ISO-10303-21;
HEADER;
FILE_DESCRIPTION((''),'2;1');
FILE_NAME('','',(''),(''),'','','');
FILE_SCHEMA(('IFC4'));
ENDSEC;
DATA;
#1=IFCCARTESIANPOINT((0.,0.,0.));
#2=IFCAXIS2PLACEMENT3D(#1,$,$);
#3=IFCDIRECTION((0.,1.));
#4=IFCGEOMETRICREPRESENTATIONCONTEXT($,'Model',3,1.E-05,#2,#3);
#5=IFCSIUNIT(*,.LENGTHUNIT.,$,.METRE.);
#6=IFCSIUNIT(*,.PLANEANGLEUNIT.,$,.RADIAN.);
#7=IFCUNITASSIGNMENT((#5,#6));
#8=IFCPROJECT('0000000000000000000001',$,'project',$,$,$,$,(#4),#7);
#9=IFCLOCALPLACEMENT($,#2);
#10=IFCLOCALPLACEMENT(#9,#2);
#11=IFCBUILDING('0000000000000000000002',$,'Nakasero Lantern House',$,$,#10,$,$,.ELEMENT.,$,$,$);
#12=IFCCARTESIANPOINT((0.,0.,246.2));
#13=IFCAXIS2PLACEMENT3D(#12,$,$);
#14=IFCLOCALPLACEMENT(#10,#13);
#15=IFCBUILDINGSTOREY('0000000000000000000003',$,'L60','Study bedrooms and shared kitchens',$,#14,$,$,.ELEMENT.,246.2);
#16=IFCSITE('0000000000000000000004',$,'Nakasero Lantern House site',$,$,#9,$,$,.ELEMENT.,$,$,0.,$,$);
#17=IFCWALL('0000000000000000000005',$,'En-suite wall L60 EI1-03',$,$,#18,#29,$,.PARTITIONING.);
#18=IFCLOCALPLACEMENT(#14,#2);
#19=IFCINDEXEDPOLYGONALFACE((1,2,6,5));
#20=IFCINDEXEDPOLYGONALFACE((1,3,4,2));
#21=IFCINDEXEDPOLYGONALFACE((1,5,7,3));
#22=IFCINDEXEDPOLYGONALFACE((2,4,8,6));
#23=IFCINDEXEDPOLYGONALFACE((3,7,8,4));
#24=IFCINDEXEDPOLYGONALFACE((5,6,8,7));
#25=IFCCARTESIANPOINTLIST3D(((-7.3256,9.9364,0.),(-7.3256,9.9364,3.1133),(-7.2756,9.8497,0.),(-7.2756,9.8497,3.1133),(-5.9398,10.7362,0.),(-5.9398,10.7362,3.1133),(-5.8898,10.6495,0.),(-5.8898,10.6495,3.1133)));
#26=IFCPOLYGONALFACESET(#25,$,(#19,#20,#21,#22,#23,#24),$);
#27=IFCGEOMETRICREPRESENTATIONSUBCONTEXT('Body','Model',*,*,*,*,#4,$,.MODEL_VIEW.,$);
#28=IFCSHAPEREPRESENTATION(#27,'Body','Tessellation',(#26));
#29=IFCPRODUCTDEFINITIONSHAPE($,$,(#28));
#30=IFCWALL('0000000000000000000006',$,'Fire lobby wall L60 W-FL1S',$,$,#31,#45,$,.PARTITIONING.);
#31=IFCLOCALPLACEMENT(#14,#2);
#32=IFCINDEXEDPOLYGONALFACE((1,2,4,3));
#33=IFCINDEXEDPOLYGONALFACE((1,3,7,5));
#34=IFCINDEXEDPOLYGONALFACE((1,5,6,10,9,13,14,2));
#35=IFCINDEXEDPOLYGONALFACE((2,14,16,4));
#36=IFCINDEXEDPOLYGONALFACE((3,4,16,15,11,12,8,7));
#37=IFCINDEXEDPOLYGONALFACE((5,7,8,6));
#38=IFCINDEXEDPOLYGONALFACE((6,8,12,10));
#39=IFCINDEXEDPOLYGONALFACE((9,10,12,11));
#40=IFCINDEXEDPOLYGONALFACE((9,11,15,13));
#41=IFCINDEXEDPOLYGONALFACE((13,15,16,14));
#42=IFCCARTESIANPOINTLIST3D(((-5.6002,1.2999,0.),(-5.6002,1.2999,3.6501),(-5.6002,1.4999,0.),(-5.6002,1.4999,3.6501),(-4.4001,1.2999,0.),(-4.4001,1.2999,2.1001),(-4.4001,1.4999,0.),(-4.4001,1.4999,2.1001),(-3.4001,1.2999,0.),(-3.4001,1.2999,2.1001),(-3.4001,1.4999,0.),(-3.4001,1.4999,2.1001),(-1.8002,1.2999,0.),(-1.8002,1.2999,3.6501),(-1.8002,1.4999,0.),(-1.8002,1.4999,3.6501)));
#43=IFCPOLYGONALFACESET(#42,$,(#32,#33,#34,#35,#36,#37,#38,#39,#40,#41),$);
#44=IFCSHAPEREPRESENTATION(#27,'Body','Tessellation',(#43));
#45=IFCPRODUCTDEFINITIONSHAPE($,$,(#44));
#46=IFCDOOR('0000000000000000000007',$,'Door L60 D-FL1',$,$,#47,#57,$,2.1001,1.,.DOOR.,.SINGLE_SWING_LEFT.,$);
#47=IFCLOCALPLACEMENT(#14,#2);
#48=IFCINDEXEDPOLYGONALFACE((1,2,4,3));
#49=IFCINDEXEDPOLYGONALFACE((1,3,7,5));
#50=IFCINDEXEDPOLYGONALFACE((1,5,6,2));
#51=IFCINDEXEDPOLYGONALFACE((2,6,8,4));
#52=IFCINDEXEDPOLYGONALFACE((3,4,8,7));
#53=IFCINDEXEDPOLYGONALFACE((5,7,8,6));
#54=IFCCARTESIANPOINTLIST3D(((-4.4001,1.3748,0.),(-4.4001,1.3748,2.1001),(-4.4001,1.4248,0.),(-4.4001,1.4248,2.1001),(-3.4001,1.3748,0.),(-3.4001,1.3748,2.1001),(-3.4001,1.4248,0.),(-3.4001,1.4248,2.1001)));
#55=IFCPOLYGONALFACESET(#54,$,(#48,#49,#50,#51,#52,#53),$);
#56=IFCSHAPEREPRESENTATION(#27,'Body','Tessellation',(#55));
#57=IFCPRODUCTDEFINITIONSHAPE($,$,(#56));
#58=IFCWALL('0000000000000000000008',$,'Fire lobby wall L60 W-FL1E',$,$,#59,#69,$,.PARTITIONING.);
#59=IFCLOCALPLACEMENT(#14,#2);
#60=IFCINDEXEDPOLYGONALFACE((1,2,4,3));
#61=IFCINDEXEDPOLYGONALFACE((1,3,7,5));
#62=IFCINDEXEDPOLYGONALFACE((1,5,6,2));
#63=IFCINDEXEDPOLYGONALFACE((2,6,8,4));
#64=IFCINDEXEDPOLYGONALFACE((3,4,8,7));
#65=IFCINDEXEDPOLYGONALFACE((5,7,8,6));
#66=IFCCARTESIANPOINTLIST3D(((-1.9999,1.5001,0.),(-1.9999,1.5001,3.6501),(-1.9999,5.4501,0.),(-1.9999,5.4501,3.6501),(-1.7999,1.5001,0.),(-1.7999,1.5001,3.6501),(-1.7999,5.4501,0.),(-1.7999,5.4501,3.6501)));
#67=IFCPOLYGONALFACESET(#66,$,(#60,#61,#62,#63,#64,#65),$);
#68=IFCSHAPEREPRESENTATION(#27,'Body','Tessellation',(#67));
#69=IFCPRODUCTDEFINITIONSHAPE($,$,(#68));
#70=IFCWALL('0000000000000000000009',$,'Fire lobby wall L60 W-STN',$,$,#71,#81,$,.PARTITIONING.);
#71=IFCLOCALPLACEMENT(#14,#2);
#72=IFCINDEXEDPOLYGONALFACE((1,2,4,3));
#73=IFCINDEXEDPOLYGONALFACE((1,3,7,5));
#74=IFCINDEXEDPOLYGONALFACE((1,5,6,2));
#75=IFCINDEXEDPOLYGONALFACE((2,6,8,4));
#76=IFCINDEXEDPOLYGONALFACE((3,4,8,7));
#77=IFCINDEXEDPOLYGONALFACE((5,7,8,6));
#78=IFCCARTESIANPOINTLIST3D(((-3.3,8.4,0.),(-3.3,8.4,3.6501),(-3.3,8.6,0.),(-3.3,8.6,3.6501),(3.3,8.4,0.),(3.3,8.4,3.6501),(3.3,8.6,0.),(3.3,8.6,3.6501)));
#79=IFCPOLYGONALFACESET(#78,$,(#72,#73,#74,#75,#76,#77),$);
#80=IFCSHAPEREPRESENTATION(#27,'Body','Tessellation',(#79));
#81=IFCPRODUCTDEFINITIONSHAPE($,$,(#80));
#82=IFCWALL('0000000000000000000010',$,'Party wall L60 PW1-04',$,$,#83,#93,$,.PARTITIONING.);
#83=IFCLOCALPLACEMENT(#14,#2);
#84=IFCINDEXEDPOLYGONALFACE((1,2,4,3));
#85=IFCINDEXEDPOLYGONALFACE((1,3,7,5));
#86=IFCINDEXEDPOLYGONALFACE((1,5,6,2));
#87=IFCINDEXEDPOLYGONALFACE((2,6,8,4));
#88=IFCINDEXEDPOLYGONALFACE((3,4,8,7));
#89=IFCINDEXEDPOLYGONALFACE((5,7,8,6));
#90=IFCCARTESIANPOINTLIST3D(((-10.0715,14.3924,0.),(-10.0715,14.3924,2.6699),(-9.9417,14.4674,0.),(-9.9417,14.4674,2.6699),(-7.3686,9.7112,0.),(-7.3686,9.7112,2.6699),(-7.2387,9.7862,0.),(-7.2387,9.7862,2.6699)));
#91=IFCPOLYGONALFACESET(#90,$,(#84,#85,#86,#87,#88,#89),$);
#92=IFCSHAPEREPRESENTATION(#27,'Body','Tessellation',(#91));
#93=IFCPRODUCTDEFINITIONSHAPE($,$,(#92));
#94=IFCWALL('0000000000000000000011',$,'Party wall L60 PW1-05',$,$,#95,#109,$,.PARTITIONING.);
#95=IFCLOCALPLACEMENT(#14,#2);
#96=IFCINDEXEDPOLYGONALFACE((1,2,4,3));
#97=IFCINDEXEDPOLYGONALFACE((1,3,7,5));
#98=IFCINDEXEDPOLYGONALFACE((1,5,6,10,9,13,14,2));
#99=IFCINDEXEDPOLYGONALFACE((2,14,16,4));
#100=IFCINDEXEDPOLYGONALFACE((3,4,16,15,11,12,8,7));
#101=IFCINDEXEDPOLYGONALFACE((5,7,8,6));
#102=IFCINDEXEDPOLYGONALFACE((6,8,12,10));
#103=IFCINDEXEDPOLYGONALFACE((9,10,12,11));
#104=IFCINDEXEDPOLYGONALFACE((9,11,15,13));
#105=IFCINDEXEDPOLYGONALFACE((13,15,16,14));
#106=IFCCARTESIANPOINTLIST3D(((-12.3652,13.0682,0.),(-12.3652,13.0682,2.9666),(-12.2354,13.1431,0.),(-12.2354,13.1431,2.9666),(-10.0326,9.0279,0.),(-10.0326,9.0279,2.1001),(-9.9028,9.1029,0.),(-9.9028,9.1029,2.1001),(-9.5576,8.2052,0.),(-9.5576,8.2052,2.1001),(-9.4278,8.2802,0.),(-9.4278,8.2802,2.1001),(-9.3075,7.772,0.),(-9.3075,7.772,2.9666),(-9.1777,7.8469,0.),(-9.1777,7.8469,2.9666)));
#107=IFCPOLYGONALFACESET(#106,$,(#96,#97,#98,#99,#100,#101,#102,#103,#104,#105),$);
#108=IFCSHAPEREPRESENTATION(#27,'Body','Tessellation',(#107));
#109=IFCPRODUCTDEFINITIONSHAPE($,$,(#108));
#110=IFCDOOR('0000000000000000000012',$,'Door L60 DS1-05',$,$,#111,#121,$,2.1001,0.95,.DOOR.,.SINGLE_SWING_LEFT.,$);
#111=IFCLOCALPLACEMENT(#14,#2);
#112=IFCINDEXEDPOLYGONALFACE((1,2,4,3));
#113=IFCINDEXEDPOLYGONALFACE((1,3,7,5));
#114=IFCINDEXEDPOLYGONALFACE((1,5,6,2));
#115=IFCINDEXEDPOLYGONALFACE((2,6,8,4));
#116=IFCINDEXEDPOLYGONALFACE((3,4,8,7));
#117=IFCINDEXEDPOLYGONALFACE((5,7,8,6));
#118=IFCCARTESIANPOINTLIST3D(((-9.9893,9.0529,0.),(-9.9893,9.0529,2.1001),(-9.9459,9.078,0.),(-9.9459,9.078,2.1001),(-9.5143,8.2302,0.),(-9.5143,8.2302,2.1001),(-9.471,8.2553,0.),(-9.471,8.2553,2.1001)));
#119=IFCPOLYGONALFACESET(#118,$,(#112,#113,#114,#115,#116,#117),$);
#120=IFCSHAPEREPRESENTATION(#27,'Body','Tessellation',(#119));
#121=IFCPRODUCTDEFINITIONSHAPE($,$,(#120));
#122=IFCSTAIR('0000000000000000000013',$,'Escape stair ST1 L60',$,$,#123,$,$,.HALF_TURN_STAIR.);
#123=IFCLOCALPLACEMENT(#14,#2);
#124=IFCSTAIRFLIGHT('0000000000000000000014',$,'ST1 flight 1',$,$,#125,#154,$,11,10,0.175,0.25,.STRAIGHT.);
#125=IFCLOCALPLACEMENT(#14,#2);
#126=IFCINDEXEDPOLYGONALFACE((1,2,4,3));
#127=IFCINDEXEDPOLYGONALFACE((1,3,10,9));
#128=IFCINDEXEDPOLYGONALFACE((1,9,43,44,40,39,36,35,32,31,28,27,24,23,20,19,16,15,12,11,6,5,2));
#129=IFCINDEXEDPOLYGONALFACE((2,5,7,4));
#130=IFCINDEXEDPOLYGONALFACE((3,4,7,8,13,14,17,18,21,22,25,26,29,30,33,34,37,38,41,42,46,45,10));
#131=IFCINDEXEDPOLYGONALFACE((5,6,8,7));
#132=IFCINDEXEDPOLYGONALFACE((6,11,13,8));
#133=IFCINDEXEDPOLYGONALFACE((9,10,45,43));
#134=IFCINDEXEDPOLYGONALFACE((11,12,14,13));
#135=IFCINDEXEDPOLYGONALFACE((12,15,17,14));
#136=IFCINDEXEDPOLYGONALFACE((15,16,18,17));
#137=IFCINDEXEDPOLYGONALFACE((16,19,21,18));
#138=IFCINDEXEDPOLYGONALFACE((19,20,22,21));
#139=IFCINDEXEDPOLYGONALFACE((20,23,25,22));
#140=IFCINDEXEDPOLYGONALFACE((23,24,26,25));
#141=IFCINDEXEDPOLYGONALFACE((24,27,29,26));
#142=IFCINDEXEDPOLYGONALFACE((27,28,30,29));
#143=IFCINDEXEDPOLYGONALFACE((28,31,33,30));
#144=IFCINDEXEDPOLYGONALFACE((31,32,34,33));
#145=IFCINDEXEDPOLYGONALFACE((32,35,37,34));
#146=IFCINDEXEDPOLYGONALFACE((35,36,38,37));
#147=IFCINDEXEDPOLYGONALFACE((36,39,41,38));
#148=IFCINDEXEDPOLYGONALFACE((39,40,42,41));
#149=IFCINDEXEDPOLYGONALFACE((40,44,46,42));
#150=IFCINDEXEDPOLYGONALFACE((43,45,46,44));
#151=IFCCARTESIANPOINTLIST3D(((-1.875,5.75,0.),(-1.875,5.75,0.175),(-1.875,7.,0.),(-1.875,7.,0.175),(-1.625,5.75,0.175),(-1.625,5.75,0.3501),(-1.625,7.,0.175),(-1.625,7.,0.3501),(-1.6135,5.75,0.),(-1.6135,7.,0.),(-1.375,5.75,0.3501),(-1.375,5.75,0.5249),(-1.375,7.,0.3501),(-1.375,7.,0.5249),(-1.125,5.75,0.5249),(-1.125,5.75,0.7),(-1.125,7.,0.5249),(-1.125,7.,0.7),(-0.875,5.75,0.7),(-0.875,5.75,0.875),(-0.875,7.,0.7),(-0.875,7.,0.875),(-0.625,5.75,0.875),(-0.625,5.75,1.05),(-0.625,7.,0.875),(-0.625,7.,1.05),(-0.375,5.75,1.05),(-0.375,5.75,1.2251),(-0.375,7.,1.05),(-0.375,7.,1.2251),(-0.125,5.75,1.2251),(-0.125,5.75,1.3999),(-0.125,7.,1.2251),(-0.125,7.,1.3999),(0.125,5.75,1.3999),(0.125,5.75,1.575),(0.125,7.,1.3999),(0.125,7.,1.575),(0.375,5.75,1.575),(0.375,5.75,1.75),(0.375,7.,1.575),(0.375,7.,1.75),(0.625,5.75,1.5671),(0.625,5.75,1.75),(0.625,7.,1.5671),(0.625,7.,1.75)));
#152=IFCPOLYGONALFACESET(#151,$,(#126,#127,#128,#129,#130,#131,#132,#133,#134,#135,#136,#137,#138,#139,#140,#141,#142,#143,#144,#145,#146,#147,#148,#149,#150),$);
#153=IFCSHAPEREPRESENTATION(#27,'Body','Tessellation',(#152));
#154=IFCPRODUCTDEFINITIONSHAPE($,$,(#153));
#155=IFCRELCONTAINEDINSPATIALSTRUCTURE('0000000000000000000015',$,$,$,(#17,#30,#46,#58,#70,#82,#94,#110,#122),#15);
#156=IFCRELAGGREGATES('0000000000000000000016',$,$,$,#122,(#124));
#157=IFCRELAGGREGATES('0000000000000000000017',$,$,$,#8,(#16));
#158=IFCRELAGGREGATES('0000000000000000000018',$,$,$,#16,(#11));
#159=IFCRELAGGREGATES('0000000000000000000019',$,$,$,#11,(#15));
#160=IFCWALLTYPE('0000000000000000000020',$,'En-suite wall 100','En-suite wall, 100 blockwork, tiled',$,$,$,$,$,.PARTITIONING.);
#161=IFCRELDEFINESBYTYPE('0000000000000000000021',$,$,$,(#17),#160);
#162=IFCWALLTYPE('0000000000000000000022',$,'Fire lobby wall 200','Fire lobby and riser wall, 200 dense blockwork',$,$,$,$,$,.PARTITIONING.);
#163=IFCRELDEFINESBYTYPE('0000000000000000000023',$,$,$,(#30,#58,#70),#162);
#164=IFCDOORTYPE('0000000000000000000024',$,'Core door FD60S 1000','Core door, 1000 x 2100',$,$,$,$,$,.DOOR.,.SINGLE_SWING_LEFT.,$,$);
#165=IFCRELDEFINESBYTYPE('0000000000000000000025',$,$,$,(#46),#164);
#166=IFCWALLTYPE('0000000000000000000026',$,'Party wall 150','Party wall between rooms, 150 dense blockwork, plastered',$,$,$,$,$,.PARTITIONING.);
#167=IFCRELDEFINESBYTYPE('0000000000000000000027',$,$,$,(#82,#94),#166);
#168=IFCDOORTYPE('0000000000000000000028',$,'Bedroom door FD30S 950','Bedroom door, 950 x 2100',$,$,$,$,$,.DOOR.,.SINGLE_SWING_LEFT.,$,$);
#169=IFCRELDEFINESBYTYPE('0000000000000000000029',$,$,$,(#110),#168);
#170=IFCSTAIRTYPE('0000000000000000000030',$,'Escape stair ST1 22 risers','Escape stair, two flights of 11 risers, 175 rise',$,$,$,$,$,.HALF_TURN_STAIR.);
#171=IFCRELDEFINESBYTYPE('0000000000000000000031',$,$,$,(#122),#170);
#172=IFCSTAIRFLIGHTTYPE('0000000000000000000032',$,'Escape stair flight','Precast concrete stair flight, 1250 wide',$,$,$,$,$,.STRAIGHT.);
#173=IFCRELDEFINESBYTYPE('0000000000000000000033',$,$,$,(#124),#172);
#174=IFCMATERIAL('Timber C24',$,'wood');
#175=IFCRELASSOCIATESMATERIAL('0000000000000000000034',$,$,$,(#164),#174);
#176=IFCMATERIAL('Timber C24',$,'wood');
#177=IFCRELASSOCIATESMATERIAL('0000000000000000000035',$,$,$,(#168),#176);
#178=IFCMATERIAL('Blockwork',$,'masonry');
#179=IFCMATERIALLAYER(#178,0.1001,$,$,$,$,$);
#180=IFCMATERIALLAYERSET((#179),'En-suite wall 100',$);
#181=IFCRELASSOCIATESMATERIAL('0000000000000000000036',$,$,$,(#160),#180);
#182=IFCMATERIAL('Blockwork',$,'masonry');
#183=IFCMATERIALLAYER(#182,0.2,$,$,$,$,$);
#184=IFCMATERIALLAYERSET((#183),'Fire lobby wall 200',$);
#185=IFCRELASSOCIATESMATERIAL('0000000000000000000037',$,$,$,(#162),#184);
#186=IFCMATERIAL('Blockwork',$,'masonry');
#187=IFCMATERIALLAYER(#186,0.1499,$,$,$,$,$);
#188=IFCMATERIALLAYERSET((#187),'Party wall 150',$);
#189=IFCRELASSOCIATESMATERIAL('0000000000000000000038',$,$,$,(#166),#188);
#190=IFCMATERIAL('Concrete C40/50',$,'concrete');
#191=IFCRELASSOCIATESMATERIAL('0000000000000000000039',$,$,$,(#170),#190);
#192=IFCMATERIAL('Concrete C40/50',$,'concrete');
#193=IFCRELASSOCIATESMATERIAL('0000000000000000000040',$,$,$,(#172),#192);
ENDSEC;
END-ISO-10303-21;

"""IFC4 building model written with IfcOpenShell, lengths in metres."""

from ifc_helpers import new_model, si_unit, direction, frame, frame_2d, origin, place, context, subcontext, project, spatial, polyline, rectangle, outline, extrude, material, layer, layer_set, type_object, element, fill, aggregate, save


model = new_model("IFC4")

# Units and contexts
model_context = context("Model", 3, precision=1e-05, world=origin(), true_north=direction((0.0, 1.0)))
body_context = subcontext(model_context, "Body", "Model", "MODEL_VIEW")
ifc_project = project(units=[si_unit("LENGTHUNIT", "METRE"), si_unit("PLANEANGLEUNIT", "RADIAN")], contexts=[model_context])

# Site, building, storey
site_placement = place(None, origin())
site = spatial("IfcSite", under=ifc_project, at=site_placement, Name="Nakasero Lantern House site", CompositionType="ELEMENT", RefElevation=0.0)
building_placement = place(site_placement, origin())
building = spatial("IfcBuilding", under=site, at=building_placement, Name="Nakasero Lantern House", CompositionType="ELEMENT")
storey_placement = place(building_placement, frame((0.0, 0.0, 246.2)))
storey = spatial("IfcBuildingStorey", under=building, at=storey_placement, Name="L60", Description="Study bedrooms and shared kitchens", CompositionType="ELEMENT", Elevation=246.2)

# Shared definitions
ifc_material_1 = material(Name="Timber C24", Category="wood")
door_type_1 = type_object("IfcDoorType", Name="Core door FD60S 1000", Description="Core door, 1000 x 2100", OperationType="SINGLE_SWING_LEFT", PredefinedType="DOOR", material=ifc_material_1)

# Shared definitions
ifc_material_2 = material(Name="Timber C24", Category="wood")
door_type_2 = type_object("IfcDoorType", Name="Bedroom door FD30S 950", Description="Bedroom door, 950 x 2100", OperationType="SINGLE_SWING_LEFT", PredefinedType="DOOR", material=ifc_material_2)
ifc_material_3 = material(Name="Blockwork", Category="masonry")
ifc_layer_1 = layer(ifc_material_3, 0.1001)
ifc_layer_set_1 = layer_set([ifc_layer_1], Name="En-suite wall 100")
wall_type_1 = type_object("IfcWallType", Name="En-suite wall 100", Description="En-suite wall, 100 blockwork, tiled", PredefinedType="PARTITIONING", material=ifc_layer_set_1)

# Wall
wall_1_placement = place(storey_placement, frame((-5.9148, 10.6929, 0.0), z_axis=(0.0, 0.0, 1.0), x_axis=(-0.866094, -0.499881, 0.0)))
element("IfcWall", 1, at=wall_1_placement, inside=storey, type_object=wall_type_1, Name="En-suite wall L60 EI1-03", PredefinedType="PARTITIONING", context=body_context, shape_type="SweptSolid", body=[
    extrude(rectangle(XDim=1.6001, YDim=0.1001, at=frame_2d((0.8, 0.0))), origin(), (0.0, 0.0, 1.0), 3.1133),
])

# Wall, opening, door
ifc_material_4 = material(Name="Blockwork", Category="masonry")
ifc_layer_2 = layer(ifc_material_4, 0.2)
ifc_layer_set_2 = layer_set([ifc_layer_2], Name="Fire lobby wall 200")
wall_type_2 = type_object("IfcWallType", Name="Fire lobby wall 200", Description="Fire lobby and riser wall, 200 dense blockwork", PredefinedType="PARTITIONING", material=ifc_layer_set_2)
wall_2_placement = place(storey_placement, frame((-5.6001, 1.3999, 0.0), z_axis=(0.0, 0.0, 1.0), x_axis=(1.0, 0.0, 0.0)))
wall_2 = element("IfcWall", 2, at=wall_2_placement, inside=storey, type_object=wall_type_2, Name="Fire lobby wall L60 W-FL1S", PredefinedType="PARTITIONING", context=body_context, shape_type="SweptSolid", body=[
    extrude(rectangle(XDim=3.8, YDim=0.2, at=frame_2d((1.8999, 0.0))), origin(), (0.0, 0.0, 1.0), 3.6501),
])
opening_1_placement = place(wall_2_placement, frame((1.2, 0.0, 0.0)))
opening_1 = element("IfcOpeningElement", 3, at=opening_1_placement, cuts=wall_2, PredefinedType="OPENING", context=body_context, shape_type="SweptSolid", body=[
    extrude(rectangle(XDim=1.0, YDim=2.1001, at=frame_2d((0.5, 1.05))), frame((0.0, 0.1199, 0.0), z_axis=(0.0, -1.0, 0.0), x_axis=(1.0, 0.0, 0.0)), (0.0, 0.0, 1.0), 0.24),
])
door_1_placement = place(opening_1_placement, origin())
door_1 = element("IfcDoor", 4, at=door_1_placement, inside=storey, type_object=door_type_1, Name="Door L60 D-FL1", OperationType="SINGLE_SWING_LEFT", OverallHeight=2.1001, OverallWidth=1.0, PredefinedType="DOOR", context=body_context, shape_type="SweptSolid", body=[
    extrude(rectangle(XDim=1.0, YDim=2.1001, at=frame_2d((0.5, 1.05))), frame((0.0, 0.0249, 0.0), z_axis=(0.0, -1.0, 0.0), x_axis=(1.0, 0.0, 0.0)), (0.0, 0.0, 1.0), 0.05),
])
fill(opening_1, door_1)

# Walls
wall_3_placement = place(storey_placement, frame((-1.8999, 1.5, 0.0), z_axis=(0.0, 0.0, 1.0), x_axis=(0.0, 1.0, 0.0)))
element("IfcWall", 5, at=wall_3_placement, inside=storey, type_object=wall_type_2, Name="Fire lobby wall L60 W-FL1E", PredefinedType="PARTITIONING", context=body_context, shape_type="SweptSolid", body=[
    extrude(rectangle(XDim=3.95, YDim=0.2, at=frame_2d((1.9751, 0.0))), origin(), (0.0, 0.0, 1.0), 3.6501),
])
wall_4_placement = place(storey_placement, frame((-3.3, 8.5, 0.0), z_axis=(0.0, 0.0, 1.0), x_axis=(1.0, 0.0, 0.0)))
element("IfcWall", 6, at=wall_4_placement, inside=storey, type_object=wall_type_2, Name="Fire lobby wall L60 W-STN", PredefinedType="PARTITIONING", context=body_context, shape_type="SweptSolid", body=[
    extrude(rectangle(XDim=6.6001, YDim=0.2, at=frame_2d((3.3, 0.0))), origin(), (0.0, 0.0, 1.0), 3.6501),
])
ifc_material_5 = material(Name="Blockwork", Category="masonry")
ifc_layer_3 = layer(ifc_material_5, 0.1499)
ifc_layer_set_3 = layer_set([ifc_layer_3], Name="Party wall 150")
wall_type_3 = type_object("IfcWallType", Name="Party wall 150", Description="Party wall between rooms, 150 dense blockwork, plastered", PredefinedType="PARTITIONING", material=ifc_layer_set_3)
wall_5_placement = place(storey_placement, frame((-7.3037, 9.7488, 0.0), z_axis=(0.0, 0.0, 1.0), x_axis=(-0.50003, 0.866008, 0.0)))
element("IfcWall", 7, at=wall_5_placement, inside=storey, type_object=wall_type_3, Name="Party wall L60 PW1-04", PredefinedType="PARTITIONING", context=body_context, shape_type="SweptSolid", body=[
    extrude(rectangle(XDim=5.4055, YDim=0.1499, at=frame_2d((2.7026, 0.0))), origin(), (0.0, 0.0, 1.0), 2.6699),
])

# Wall, opening, door
wall_6_placement = place(storey_placement, frame((-9.2427, 7.8096, 0.0), z_axis=(0.0, 0.0, 1.0), x_axis=(-0.499986, 0.866033, 0.0)))
wall_6 = element("IfcWall", 8, at=wall_6_placement, inside=storey, type_object=wall_type_3, Name="Party wall L60 PW1-05", PredefinedType="PARTITIONING", context=body_context, shape_type="SweptSolid", body=[
    extrude(rectangle(XDim=6.1155, YDim=0.1499, at=frame_2d((3.0576, 0.0))), origin(), (0.0, 0.0, 1.0), 2.9666),
])
opening_2_placement = place(wall_6_placement, frame((0.5, 0.0, 0.0)))
opening_2 = element("IfcOpeningElement", 9, at=opening_2_placement, cuts=wall_6, PredefinedType="OPENING", context=body_context, shape_type="SweptSolid", body=[
    extrude(rectangle(XDim=0.95, YDim=2.1001, at=frame_2d((0.4751, 1.05))), frame((0.0, 0.095, 0.0), z_axis=(0.0, -1.0, 0.0), x_axis=(1.0, 0.0, 0.0)), (0.0, 0.0, 1.0), 0.1899),
])
door_2_placement = place(opening_2_placement, origin())
door_2 = element("IfcDoor", 10, at=door_2_placement, inside=storey, type_object=door_type_2, Name="Door L60 DS1-05", OperationType="SINGLE_SWING_LEFT", OverallHeight=2.1001, OverallWidth=0.95, PredefinedType="DOOR", context=body_context, shape_type="SweptSolid", body=[
    extrude(rectangle(XDim=0.95, YDim=2.1001, at=frame_2d((0.4751, 1.05))), frame((0.0, 0.0249, 0.0), z_axis=(0.0, -1.0, 0.0), x_axis=(1.0, 0.0, 0.0)), (0.0, 0.0, 1.0), 0.05),
])
fill(opening_2, door_2)

# Stair, stair flight
ifc_material_6 = material(Name="Concrete C40/50", Category="concrete")
stair_type = type_object("IfcStairType", Name="Escape stair ST1 22 risers", Description="Escape stair, two flights of 11 risers, 175 rise", PredefinedType="HALF_TURN_STAIR", material=ifc_material_6)
stair_placement = place(storey_placement, origin())
stair = element("IfcStair", 11, at=stair_placement, inside=storey, type_object=stair_type, Name="Escape stair ST1 L60", PredefinedType="HALF_TURN_STAIR")
ifc_material_7 = material(Name="Concrete C40/50", Category="concrete")
stair_flight_type = type_object("IfcStairFlightType", Name="Escape stair flight", Description="Precast concrete stair flight, 1250 wide", PredefinedType="STRAIGHT", material=ifc_material_7)
stair_flight_placement = place(storey_placement, frame((-1.875, 6.375, 0.0), z_axis=(0.0, 0.0, 1.0), x_axis=(1.0, 0.0, 0.0)))
stair_flight = element("IfcStairFlight", 12, at=stair_flight_placement, type_object=stair_flight_type, Name="ST1 flight 1", NumberOfRisers=11, NumberOfTreads=10, PredefinedType="STRAIGHT", RiserHeight=0.175, TreadLength=0.25, context=body_context, shape_type="SweptSolid", body=[
    extrude(outline(polyline([(0.0, 0.0), (0.0, 0.175), (0.25, 0.175), (0.25, 0.3501), (0.5, 0.3501), (0.5, 0.5249), (0.75, 0.5249), (0.75, 0.7), (1.0, 0.7), (1.0, 0.875), (1.25, 0.875), (1.25, 1.05), (1.5, 1.05), (1.5, 1.2251), (1.75, 1.2251), (1.75, 1.3999), (2.0, 1.3999), (2.0, 1.575), (2.25, 1.575), (2.25, 1.75), (2.5, 1.75), (2.5, 1.925), (2.5, 1.5671), (0.2615, 0.0), (0.0, 0.0)])), frame((0.0, 0.625, 0.0), z_axis=(0.0, -1.0, 0.0), x_axis=(1.0, 0.0, 0.0)), (0.0, 0.0, 1.0), 1.25),
])
aggregate(stair, [stair_flight])

save(model, "model.ifc")
